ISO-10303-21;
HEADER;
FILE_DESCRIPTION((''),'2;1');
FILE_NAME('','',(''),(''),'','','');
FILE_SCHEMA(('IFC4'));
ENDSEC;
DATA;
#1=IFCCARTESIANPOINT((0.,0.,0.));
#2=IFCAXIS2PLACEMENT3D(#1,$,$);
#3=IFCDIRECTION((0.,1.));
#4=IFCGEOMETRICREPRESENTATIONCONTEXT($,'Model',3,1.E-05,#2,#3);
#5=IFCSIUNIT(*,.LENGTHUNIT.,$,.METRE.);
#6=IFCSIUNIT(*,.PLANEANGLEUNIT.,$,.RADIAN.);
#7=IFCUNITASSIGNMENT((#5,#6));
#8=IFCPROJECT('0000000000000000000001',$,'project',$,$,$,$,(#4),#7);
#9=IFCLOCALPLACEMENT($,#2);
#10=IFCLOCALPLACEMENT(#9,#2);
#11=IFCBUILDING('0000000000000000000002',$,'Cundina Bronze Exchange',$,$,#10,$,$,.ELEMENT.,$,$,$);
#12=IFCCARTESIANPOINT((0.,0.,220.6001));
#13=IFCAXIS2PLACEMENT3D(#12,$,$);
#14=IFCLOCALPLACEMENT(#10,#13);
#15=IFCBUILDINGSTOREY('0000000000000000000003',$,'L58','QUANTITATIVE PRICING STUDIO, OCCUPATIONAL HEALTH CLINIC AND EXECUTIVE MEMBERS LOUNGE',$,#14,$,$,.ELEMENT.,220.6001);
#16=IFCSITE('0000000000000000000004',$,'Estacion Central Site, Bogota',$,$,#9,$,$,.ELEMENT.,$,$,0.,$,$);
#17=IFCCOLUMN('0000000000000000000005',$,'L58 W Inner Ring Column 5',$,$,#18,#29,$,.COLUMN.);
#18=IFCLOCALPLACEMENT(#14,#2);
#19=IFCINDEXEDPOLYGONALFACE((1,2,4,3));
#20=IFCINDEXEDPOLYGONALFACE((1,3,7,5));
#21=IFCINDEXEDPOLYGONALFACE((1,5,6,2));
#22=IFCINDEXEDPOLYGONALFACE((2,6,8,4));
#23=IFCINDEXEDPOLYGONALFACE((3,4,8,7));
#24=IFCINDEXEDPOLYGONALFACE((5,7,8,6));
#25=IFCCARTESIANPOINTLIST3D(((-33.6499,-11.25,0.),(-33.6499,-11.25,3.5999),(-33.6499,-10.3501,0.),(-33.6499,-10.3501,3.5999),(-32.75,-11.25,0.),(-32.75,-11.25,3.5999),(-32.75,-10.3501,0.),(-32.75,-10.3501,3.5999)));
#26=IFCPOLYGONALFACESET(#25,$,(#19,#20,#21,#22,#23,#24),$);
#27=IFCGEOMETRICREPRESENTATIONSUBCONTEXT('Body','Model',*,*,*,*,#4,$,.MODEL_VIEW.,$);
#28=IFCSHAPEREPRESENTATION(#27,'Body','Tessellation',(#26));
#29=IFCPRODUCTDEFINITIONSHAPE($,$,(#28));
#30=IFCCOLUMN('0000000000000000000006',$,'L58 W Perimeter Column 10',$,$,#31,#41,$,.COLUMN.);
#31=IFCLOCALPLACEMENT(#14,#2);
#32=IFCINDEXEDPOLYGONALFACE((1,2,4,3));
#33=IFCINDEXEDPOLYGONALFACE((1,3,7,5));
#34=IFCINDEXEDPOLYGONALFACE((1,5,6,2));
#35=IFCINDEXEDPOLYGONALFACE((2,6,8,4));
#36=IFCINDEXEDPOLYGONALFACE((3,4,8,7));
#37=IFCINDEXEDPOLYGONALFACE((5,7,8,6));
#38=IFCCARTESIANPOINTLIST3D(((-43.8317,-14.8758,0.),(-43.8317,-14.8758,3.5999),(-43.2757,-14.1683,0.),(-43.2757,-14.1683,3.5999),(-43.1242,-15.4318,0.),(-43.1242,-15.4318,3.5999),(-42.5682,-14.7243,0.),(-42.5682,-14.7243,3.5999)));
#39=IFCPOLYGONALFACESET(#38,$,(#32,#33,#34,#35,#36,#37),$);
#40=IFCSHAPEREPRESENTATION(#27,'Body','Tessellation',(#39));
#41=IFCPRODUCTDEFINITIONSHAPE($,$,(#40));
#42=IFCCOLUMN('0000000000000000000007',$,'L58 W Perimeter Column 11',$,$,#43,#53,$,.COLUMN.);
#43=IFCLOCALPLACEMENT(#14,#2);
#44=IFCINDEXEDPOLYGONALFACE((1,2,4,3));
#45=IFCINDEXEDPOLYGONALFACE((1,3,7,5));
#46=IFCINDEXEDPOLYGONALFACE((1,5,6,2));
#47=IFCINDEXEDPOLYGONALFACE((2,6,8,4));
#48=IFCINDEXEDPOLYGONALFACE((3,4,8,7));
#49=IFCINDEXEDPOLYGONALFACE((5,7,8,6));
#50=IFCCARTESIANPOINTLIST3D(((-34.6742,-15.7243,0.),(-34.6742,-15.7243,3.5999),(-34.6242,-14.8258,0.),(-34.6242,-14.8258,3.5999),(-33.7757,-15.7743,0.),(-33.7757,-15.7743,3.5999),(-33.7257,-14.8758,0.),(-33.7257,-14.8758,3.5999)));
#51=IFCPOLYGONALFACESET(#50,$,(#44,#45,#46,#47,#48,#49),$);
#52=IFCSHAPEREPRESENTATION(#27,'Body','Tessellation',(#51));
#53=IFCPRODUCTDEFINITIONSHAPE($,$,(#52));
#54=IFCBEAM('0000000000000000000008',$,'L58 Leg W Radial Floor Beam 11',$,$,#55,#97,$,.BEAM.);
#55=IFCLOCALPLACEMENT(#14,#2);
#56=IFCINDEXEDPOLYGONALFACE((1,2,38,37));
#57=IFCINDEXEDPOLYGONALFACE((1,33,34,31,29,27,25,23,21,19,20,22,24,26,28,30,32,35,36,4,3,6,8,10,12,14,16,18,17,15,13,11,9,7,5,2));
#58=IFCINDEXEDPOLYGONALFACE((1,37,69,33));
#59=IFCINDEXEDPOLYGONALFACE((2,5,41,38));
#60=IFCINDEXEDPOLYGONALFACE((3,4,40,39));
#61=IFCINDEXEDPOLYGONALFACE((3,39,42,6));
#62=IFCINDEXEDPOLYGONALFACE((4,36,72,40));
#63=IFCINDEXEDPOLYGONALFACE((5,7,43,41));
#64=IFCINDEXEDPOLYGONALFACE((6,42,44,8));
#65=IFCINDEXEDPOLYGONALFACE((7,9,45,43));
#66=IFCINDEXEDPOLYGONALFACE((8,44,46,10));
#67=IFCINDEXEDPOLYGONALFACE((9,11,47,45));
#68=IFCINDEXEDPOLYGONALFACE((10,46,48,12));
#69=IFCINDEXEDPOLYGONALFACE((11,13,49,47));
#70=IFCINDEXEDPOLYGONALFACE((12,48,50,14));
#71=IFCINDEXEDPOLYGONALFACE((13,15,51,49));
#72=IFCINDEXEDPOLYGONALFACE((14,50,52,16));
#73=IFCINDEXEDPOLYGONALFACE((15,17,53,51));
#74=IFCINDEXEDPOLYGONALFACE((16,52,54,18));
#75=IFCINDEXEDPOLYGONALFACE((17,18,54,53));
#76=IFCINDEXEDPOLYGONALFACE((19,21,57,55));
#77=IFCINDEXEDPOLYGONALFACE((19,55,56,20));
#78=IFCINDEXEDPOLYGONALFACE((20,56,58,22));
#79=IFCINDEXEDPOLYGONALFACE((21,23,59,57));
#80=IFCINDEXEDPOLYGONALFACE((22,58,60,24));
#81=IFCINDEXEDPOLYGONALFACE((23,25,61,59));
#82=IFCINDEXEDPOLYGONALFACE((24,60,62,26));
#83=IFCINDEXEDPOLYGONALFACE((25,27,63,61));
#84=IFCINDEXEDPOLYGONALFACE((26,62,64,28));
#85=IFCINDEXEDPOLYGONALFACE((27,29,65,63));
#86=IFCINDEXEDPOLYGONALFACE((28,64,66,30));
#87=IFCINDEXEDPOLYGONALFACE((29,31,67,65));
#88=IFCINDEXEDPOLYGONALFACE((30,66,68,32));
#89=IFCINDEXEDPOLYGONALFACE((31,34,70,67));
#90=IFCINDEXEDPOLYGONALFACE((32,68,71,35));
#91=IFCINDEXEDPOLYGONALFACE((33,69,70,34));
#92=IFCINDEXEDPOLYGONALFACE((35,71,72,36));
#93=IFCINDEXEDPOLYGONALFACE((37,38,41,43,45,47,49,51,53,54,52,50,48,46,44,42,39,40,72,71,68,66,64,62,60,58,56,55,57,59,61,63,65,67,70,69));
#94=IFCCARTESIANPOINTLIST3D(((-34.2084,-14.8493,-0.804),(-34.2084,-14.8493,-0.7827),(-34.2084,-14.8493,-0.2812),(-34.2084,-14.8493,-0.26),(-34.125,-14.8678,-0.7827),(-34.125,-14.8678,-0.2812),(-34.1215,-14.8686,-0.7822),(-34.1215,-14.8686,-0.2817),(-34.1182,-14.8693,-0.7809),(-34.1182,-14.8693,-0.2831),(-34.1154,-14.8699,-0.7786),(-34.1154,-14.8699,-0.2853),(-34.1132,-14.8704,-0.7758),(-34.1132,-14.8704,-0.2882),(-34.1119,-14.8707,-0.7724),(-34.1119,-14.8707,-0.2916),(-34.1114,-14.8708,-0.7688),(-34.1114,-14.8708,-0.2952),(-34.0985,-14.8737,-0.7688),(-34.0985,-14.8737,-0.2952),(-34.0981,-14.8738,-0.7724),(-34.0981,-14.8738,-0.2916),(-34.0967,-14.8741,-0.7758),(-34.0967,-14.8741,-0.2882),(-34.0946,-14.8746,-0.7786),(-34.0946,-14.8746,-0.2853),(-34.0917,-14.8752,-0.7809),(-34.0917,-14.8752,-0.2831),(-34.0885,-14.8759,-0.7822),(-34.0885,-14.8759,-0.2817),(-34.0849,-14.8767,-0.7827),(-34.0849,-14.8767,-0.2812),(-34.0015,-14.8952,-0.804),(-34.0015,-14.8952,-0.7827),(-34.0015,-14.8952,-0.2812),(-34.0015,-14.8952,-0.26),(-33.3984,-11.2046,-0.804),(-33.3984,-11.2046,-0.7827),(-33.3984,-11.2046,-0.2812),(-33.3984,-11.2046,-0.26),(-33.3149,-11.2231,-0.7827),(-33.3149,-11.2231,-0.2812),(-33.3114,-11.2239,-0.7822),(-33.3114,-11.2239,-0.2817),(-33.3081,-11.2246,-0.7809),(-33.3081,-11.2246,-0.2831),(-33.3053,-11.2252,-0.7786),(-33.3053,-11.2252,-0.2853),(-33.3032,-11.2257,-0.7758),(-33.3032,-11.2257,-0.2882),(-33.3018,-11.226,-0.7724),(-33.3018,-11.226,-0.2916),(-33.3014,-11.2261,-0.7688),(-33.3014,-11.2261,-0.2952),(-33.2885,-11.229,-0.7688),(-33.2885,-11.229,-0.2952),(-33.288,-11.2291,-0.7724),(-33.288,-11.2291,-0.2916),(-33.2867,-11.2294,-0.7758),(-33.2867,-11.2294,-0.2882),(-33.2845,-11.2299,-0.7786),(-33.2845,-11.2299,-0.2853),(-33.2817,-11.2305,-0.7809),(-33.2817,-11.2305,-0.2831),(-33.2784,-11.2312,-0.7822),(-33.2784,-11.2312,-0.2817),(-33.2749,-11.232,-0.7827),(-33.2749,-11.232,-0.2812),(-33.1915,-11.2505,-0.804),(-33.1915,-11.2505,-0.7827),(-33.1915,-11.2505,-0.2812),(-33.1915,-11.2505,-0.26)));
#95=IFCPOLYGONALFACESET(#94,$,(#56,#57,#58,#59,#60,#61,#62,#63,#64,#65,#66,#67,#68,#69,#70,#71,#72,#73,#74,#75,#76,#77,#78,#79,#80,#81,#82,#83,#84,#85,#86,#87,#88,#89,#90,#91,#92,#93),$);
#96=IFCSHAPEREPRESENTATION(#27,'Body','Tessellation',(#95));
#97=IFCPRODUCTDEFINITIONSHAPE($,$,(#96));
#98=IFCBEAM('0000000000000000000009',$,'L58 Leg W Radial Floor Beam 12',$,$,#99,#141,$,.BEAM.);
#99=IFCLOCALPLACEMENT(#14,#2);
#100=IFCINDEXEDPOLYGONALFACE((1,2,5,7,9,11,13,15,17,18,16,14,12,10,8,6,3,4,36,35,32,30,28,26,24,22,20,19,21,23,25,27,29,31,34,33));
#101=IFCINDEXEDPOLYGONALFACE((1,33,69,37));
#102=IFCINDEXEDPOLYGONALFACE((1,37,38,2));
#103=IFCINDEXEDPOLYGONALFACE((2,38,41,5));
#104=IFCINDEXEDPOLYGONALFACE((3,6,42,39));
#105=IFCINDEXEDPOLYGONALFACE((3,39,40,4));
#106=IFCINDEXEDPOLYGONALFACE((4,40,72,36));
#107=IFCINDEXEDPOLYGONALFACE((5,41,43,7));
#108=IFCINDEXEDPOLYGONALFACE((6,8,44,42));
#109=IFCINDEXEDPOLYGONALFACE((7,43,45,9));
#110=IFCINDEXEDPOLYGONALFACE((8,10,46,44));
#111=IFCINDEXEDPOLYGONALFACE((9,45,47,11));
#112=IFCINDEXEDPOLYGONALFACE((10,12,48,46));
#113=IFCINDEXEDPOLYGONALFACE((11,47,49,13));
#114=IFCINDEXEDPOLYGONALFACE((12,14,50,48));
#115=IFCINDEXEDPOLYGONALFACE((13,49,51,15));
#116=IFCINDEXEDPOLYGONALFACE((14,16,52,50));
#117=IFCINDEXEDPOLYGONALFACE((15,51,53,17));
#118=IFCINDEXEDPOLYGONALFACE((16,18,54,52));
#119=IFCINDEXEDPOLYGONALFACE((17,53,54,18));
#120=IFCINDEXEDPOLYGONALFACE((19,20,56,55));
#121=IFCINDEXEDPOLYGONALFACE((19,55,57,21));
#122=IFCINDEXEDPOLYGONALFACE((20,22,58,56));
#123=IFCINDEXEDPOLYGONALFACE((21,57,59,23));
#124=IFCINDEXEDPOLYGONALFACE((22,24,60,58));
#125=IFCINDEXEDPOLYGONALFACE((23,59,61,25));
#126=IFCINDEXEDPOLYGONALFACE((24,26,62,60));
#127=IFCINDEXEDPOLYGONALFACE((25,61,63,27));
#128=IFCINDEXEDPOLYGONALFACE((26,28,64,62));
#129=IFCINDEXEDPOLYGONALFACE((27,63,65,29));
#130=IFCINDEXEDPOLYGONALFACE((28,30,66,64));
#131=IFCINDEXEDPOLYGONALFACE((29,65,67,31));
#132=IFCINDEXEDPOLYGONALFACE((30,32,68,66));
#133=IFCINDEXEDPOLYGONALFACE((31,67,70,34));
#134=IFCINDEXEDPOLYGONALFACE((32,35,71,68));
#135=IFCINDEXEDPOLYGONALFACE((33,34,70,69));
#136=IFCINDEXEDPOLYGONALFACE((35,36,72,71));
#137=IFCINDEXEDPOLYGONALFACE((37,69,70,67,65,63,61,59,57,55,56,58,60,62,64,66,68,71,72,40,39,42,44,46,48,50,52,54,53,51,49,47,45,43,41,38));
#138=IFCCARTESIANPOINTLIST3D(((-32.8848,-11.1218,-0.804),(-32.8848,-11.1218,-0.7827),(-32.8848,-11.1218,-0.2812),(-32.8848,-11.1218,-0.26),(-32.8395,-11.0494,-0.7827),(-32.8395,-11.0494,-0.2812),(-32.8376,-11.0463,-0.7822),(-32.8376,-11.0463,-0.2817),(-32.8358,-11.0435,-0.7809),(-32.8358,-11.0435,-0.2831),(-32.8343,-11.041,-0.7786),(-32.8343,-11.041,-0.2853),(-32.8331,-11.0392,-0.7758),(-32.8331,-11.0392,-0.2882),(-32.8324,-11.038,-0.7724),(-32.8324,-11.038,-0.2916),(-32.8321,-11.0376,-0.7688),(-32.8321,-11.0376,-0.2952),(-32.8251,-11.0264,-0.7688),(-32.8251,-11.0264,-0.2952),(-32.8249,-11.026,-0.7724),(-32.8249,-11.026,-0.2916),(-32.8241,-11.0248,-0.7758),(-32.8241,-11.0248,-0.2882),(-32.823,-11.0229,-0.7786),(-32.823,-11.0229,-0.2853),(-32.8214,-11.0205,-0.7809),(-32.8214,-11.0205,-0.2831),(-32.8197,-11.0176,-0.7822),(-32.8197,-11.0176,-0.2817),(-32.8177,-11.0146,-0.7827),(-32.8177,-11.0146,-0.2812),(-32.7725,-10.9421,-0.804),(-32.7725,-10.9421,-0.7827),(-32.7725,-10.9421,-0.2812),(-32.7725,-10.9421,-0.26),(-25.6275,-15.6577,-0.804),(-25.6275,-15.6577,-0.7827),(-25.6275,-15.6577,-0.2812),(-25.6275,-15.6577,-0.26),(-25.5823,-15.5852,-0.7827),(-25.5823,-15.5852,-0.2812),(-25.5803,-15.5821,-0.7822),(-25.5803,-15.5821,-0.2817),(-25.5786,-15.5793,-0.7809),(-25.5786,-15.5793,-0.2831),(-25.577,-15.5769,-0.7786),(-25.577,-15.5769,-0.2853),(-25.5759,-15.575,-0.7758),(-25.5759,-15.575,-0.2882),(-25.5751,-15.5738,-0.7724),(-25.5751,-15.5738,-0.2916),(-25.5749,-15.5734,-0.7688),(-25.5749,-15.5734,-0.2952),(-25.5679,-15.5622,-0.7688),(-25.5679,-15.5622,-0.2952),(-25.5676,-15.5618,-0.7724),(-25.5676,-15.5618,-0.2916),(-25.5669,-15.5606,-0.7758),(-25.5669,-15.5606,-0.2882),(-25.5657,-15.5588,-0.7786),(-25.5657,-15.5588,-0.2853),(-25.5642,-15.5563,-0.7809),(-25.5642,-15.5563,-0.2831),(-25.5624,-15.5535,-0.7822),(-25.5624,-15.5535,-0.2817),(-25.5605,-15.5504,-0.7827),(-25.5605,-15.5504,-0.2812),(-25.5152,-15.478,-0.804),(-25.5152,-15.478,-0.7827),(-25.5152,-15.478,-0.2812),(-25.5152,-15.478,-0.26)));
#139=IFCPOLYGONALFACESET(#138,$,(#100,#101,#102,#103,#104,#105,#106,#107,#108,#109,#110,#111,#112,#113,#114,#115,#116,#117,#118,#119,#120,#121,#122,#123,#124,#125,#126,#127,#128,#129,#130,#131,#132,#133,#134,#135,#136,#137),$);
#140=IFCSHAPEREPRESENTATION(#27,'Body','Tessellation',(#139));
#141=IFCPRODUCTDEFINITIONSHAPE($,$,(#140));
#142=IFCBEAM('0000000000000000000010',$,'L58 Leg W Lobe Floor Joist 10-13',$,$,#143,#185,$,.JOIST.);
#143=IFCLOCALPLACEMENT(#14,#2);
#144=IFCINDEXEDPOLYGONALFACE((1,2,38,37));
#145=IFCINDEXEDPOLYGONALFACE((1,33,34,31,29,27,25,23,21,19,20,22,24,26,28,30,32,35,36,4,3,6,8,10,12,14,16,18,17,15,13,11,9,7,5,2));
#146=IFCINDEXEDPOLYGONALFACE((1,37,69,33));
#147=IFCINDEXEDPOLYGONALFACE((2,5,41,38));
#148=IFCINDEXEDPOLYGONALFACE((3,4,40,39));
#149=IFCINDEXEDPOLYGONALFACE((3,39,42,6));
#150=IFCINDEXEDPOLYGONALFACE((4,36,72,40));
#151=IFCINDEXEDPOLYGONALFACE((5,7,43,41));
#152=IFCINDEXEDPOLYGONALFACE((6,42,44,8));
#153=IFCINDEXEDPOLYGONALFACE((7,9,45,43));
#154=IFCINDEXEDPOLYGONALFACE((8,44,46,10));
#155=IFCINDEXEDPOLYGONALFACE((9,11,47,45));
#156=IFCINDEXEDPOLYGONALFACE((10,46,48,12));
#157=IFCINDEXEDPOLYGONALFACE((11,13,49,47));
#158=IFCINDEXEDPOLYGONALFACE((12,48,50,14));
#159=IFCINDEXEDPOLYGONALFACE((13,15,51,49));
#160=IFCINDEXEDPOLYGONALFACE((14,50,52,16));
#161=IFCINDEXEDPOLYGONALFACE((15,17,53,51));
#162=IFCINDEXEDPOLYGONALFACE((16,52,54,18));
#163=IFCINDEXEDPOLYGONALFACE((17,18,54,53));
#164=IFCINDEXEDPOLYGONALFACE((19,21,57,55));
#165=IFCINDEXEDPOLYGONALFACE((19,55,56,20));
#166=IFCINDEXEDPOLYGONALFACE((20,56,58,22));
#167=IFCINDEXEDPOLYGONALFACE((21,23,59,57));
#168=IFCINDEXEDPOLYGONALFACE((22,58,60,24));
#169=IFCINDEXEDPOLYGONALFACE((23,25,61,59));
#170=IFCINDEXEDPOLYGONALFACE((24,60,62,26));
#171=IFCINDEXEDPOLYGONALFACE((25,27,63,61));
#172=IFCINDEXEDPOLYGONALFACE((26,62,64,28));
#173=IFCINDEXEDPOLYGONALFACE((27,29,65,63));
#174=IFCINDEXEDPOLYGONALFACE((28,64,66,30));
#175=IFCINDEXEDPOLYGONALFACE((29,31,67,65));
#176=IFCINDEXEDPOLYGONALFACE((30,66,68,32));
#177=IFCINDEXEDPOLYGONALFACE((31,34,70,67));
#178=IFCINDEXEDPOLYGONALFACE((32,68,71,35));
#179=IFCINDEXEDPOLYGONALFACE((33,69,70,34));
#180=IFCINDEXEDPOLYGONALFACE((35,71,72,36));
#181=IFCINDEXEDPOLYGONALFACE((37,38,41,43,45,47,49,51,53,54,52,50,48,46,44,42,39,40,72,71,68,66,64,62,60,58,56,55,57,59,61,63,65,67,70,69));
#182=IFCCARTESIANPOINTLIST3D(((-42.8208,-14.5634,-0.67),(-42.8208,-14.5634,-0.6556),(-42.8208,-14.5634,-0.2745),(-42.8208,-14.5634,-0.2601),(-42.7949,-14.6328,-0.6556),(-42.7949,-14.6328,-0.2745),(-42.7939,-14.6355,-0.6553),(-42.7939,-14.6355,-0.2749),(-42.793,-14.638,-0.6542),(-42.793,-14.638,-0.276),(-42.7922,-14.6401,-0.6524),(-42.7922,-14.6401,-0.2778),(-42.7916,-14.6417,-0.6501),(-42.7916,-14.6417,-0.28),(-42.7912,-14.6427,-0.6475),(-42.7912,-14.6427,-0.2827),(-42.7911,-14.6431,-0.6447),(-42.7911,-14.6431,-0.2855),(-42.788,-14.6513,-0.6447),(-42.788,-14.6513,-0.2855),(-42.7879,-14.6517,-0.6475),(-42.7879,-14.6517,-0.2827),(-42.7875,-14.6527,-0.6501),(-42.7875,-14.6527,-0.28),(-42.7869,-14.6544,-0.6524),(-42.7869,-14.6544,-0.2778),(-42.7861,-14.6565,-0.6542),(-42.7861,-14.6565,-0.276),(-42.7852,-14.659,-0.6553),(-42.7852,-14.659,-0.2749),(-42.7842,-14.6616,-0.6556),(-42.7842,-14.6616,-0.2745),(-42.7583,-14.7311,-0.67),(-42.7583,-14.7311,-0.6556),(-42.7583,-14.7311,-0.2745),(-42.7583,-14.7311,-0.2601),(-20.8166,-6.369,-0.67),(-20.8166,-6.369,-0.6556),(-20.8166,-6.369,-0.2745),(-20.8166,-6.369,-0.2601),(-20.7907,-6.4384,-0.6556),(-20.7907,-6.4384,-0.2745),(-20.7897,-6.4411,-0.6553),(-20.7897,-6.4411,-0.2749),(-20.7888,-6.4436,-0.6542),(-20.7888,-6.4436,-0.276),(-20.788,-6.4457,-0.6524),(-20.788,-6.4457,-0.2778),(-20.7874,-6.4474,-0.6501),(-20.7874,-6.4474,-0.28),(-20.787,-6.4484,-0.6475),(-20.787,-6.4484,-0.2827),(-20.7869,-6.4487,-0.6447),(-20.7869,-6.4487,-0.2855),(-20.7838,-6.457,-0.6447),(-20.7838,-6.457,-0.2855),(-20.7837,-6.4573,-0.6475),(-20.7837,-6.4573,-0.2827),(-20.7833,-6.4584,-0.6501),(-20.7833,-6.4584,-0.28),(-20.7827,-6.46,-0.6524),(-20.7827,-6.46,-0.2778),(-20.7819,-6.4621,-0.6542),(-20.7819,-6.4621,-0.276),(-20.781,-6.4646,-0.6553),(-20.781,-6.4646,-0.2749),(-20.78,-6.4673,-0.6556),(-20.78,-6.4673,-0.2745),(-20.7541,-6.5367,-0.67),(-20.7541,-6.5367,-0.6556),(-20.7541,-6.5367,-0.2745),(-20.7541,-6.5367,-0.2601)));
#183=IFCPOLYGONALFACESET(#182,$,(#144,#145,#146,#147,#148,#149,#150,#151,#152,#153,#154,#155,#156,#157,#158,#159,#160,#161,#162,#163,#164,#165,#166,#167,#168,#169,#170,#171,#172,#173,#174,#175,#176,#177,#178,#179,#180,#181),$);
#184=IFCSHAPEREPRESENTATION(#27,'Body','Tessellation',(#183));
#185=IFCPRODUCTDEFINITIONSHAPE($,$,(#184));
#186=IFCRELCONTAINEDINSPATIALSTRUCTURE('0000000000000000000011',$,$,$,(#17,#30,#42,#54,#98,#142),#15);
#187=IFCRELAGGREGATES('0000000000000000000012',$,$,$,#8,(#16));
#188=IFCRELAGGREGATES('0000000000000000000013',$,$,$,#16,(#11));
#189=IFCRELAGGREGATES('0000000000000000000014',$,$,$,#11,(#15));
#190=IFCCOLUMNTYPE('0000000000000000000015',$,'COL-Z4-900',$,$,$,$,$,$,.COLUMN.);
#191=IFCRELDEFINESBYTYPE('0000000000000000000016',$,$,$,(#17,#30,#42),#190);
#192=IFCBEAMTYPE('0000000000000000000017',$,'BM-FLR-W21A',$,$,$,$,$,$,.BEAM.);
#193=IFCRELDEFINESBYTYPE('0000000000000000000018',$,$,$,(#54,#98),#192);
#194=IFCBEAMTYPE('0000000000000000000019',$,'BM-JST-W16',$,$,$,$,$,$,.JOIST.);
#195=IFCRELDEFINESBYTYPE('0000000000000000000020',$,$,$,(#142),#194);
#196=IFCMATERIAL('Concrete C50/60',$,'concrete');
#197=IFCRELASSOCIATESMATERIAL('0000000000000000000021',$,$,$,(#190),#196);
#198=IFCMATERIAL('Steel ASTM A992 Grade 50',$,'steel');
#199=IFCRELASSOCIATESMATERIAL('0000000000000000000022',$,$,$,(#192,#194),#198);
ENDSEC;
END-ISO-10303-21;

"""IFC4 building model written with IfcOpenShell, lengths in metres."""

from ifc_helpers import new_model, si_unit, direction, frame, origin, origin_2d, place, context, subcontext, project, spatial, rectangle, i_section, extrude, material, material_profile, profile_set, type_object, element, save


model = new_model("IFC4")

# Units and contexts
model_context = context("Model", 3, precision=1e-05, world=origin(), true_north=direction((0.0, 1.0)))
body_context = subcontext(model_context, "Body", "Model", "MODEL_VIEW")
ifc_project = project(units=[si_unit("LENGTHUNIT", "METRE"), si_unit("PLANEANGLEUNIT", "RADIAN")], contexts=[model_context])

# Site, building, storey
site_placement = place(None, origin())
site = spatial("IfcSite", under=ifc_project, at=site_placement, Name="Estacion Central Site, Bogota", CompositionType="ELEMENT", RefElevation=0.0)
building_placement = place(site_placement, origin())
building = spatial("IfcBuilding", under=site, at=building_placement, Name="Cundina Bronze Exchange", CompositionType="ELEMENT")
storey_placement = place(building_placement, frame((0.0, 0.0, 220.6001)))
storey = spatial("IfcBuildingStorey", under=building, at=storey_placement, Name="L58", Description="QUANTITATIVE PRICING STUDIO, OCCUPATIONAL HEALTH CLINIC AND EXECUTIVE MEMBERS LOUNGE", CompositionType="ELEMENT", Elevation=220.6001)

# Columns
ifc_material_1 = material(Name="Concrete C50/60", Category="concrete")
ifc_material_profile_1 = material_profile(ifc_material_1, rectangle(XDim=0.8999, YDim=0.8999, at=origin_2d()), Name="RC900X900", Category="concrete")
ifc_profile_set_1 = profile_set([ifc_material_profile_1], Name="Concrete C50/60")
column_type = type_object("IfcColumnType", Name="COL-Z4-900", PredefinedType="COLUMN", material=ifc_profile_set_1)
for number, where, z_axis, x_axis, name in (
    (1, (-33.2, -10.8, 0.0), (0.0, 0.0, 1.0), (1.0, 0.0, 0.0), "L58 W Inner Ring Column 5"),
    (2, (-43.2, -14.8, 0.0), (0.0, 0.0, 1.0), (0.786288, -0.61786, 0.0), "L58 W Perimeter Column 10"),
    (3, (-34.2, -15.3, 0.0), (0.0, 0.0, 1.0), (0.99846, -0.055473, 0.0), "L58 W Perimeter Column 11"),
):
    element("IfcColumn", number, at=place(storey_placement, frame(where, z_axis=z_axis, x_axis=x_axis)), inside=storey, type_object=column_type, Name=name, PredefinedType="COLUMN", context=body_context, shape_type="SweptSolid", body=[
        extrude(rectangle(XDim=0.8999, YDim=0.8999, at=origin_2d()), origin(), (0.0, 0.0, 1.0), 3.5999),
    ])

# Beams
ifc_material_2 = material(Name="Steel ASTM A992 Grade 50", Category="steel")
ifc_material_profile_2 = material_profile(ifc_material_2, i_section(OverallWidth=0.2119, OverallDepth=0.5439, WebThickness=0.0132, FlangeThickness=0.0212, FilletRadius=0.0139, at=origin_2d()), Name="W21X83", Category="steel")
ifc_profile_set_2 = profile_set([ifc_material_profile_2], Name="Steel ASTM A992 Grade 50")
beam_type_1 = type_object("IfcBeamType", Name="BM-FLR-W21A", PredefinedType="BEAM", material=ifc_profile_set_2)
beam_1_placement = place(storey_placement, frame((-33.2949, -11.2275, -0.532), z_axis=(-0.216958, -0.976181, 0.0), x_axis=(0.976181, -0.216958, 0.0)))
element("IfcBeam", 4, at=beam_1_placement, inside=storey, type_object=beam_type_1, Name="L58 Leg W Radial Floor Beam 11", PredefinedType="BEAM", context=body_context, shape_type="SweptSolid", body=[
    extrude(i_section(OverallWidth=0.2119, OverallDepth=0.5439, WebThickness=0.0132, FlangeThickness=0.0212, FilletRadius=0.0139, at=origin_2d()), origin(), (0.0, 0.0, 1.0), 3.7336),
])
beam_2_placement = place(storey_placement, frame((-32.8286, -11.032, -0.532), z_axis=(0.847995, -0.530004, 0.0), x_axis=(0.530004, 0.847995, 0.0)))
element("IfcBeam", 5, at=beam_2_placement, inside=storey, type_object=beam_type_1, Name="L58 Leg W Radial Floor Beam 12", PredefinedType="BEAM", context=body_context, shape_type="SweptSolid", body=[
    extrude(i_section(OverallWidth=0.2119, OverallDepth=0.5439, WebThickness=0.0132, FlangeThickness=0.0212, FilletRadius=0.0139, at=origin_2d()), origin(), (0.0, 0.0, 1.0), 8.5581),
])
ifc_material_profile_3 = material_profile(ifc_material_2, i_section(OverallWidth=0.179, OverallDepth=0.4099, WebThickness=0.0088, FlangeThickness=0.0144, FilletRadius=0.011, at=origin_2d()), Name="W16X45", Category="steel")
ifc_profile_set_3 = profile_set([ifc_material_profile_3], Name="Steel ASTM A992 Grade 50")
beam_type_2 = type_object("IfcBeamType", Name="BM-JST-W16", PredefinedType="JOIST", material=ifc_profile_set_3)
beam_3_placement = place(storey_placement, frame((-42.7896, -14.6472, -0.4651), z_axis=(0.937128, 0.348986, 0.0), x_axis=(-0.348986, 0.937128, 0.0)))
element("IfcBeam", 6, at=beam_3_placement, inside=storey, type_object=beam_type_2, Name="L58 Leg W Lobe Floor Joist 10-13", PredefinedType="JOIST", context=body_context, shape_type="SweptSolid", body=[
    extrude(i_section(OverallWidth=0.179, OverallDepth=0.4099, WebThickness=0.0088, FlangeThickness=0.0144, FilletRadius=0.011, at=origin_2d()), origin(), (0.0, 0.0, 1.0), 23.4805),
])

save(model, "model.ifc")
